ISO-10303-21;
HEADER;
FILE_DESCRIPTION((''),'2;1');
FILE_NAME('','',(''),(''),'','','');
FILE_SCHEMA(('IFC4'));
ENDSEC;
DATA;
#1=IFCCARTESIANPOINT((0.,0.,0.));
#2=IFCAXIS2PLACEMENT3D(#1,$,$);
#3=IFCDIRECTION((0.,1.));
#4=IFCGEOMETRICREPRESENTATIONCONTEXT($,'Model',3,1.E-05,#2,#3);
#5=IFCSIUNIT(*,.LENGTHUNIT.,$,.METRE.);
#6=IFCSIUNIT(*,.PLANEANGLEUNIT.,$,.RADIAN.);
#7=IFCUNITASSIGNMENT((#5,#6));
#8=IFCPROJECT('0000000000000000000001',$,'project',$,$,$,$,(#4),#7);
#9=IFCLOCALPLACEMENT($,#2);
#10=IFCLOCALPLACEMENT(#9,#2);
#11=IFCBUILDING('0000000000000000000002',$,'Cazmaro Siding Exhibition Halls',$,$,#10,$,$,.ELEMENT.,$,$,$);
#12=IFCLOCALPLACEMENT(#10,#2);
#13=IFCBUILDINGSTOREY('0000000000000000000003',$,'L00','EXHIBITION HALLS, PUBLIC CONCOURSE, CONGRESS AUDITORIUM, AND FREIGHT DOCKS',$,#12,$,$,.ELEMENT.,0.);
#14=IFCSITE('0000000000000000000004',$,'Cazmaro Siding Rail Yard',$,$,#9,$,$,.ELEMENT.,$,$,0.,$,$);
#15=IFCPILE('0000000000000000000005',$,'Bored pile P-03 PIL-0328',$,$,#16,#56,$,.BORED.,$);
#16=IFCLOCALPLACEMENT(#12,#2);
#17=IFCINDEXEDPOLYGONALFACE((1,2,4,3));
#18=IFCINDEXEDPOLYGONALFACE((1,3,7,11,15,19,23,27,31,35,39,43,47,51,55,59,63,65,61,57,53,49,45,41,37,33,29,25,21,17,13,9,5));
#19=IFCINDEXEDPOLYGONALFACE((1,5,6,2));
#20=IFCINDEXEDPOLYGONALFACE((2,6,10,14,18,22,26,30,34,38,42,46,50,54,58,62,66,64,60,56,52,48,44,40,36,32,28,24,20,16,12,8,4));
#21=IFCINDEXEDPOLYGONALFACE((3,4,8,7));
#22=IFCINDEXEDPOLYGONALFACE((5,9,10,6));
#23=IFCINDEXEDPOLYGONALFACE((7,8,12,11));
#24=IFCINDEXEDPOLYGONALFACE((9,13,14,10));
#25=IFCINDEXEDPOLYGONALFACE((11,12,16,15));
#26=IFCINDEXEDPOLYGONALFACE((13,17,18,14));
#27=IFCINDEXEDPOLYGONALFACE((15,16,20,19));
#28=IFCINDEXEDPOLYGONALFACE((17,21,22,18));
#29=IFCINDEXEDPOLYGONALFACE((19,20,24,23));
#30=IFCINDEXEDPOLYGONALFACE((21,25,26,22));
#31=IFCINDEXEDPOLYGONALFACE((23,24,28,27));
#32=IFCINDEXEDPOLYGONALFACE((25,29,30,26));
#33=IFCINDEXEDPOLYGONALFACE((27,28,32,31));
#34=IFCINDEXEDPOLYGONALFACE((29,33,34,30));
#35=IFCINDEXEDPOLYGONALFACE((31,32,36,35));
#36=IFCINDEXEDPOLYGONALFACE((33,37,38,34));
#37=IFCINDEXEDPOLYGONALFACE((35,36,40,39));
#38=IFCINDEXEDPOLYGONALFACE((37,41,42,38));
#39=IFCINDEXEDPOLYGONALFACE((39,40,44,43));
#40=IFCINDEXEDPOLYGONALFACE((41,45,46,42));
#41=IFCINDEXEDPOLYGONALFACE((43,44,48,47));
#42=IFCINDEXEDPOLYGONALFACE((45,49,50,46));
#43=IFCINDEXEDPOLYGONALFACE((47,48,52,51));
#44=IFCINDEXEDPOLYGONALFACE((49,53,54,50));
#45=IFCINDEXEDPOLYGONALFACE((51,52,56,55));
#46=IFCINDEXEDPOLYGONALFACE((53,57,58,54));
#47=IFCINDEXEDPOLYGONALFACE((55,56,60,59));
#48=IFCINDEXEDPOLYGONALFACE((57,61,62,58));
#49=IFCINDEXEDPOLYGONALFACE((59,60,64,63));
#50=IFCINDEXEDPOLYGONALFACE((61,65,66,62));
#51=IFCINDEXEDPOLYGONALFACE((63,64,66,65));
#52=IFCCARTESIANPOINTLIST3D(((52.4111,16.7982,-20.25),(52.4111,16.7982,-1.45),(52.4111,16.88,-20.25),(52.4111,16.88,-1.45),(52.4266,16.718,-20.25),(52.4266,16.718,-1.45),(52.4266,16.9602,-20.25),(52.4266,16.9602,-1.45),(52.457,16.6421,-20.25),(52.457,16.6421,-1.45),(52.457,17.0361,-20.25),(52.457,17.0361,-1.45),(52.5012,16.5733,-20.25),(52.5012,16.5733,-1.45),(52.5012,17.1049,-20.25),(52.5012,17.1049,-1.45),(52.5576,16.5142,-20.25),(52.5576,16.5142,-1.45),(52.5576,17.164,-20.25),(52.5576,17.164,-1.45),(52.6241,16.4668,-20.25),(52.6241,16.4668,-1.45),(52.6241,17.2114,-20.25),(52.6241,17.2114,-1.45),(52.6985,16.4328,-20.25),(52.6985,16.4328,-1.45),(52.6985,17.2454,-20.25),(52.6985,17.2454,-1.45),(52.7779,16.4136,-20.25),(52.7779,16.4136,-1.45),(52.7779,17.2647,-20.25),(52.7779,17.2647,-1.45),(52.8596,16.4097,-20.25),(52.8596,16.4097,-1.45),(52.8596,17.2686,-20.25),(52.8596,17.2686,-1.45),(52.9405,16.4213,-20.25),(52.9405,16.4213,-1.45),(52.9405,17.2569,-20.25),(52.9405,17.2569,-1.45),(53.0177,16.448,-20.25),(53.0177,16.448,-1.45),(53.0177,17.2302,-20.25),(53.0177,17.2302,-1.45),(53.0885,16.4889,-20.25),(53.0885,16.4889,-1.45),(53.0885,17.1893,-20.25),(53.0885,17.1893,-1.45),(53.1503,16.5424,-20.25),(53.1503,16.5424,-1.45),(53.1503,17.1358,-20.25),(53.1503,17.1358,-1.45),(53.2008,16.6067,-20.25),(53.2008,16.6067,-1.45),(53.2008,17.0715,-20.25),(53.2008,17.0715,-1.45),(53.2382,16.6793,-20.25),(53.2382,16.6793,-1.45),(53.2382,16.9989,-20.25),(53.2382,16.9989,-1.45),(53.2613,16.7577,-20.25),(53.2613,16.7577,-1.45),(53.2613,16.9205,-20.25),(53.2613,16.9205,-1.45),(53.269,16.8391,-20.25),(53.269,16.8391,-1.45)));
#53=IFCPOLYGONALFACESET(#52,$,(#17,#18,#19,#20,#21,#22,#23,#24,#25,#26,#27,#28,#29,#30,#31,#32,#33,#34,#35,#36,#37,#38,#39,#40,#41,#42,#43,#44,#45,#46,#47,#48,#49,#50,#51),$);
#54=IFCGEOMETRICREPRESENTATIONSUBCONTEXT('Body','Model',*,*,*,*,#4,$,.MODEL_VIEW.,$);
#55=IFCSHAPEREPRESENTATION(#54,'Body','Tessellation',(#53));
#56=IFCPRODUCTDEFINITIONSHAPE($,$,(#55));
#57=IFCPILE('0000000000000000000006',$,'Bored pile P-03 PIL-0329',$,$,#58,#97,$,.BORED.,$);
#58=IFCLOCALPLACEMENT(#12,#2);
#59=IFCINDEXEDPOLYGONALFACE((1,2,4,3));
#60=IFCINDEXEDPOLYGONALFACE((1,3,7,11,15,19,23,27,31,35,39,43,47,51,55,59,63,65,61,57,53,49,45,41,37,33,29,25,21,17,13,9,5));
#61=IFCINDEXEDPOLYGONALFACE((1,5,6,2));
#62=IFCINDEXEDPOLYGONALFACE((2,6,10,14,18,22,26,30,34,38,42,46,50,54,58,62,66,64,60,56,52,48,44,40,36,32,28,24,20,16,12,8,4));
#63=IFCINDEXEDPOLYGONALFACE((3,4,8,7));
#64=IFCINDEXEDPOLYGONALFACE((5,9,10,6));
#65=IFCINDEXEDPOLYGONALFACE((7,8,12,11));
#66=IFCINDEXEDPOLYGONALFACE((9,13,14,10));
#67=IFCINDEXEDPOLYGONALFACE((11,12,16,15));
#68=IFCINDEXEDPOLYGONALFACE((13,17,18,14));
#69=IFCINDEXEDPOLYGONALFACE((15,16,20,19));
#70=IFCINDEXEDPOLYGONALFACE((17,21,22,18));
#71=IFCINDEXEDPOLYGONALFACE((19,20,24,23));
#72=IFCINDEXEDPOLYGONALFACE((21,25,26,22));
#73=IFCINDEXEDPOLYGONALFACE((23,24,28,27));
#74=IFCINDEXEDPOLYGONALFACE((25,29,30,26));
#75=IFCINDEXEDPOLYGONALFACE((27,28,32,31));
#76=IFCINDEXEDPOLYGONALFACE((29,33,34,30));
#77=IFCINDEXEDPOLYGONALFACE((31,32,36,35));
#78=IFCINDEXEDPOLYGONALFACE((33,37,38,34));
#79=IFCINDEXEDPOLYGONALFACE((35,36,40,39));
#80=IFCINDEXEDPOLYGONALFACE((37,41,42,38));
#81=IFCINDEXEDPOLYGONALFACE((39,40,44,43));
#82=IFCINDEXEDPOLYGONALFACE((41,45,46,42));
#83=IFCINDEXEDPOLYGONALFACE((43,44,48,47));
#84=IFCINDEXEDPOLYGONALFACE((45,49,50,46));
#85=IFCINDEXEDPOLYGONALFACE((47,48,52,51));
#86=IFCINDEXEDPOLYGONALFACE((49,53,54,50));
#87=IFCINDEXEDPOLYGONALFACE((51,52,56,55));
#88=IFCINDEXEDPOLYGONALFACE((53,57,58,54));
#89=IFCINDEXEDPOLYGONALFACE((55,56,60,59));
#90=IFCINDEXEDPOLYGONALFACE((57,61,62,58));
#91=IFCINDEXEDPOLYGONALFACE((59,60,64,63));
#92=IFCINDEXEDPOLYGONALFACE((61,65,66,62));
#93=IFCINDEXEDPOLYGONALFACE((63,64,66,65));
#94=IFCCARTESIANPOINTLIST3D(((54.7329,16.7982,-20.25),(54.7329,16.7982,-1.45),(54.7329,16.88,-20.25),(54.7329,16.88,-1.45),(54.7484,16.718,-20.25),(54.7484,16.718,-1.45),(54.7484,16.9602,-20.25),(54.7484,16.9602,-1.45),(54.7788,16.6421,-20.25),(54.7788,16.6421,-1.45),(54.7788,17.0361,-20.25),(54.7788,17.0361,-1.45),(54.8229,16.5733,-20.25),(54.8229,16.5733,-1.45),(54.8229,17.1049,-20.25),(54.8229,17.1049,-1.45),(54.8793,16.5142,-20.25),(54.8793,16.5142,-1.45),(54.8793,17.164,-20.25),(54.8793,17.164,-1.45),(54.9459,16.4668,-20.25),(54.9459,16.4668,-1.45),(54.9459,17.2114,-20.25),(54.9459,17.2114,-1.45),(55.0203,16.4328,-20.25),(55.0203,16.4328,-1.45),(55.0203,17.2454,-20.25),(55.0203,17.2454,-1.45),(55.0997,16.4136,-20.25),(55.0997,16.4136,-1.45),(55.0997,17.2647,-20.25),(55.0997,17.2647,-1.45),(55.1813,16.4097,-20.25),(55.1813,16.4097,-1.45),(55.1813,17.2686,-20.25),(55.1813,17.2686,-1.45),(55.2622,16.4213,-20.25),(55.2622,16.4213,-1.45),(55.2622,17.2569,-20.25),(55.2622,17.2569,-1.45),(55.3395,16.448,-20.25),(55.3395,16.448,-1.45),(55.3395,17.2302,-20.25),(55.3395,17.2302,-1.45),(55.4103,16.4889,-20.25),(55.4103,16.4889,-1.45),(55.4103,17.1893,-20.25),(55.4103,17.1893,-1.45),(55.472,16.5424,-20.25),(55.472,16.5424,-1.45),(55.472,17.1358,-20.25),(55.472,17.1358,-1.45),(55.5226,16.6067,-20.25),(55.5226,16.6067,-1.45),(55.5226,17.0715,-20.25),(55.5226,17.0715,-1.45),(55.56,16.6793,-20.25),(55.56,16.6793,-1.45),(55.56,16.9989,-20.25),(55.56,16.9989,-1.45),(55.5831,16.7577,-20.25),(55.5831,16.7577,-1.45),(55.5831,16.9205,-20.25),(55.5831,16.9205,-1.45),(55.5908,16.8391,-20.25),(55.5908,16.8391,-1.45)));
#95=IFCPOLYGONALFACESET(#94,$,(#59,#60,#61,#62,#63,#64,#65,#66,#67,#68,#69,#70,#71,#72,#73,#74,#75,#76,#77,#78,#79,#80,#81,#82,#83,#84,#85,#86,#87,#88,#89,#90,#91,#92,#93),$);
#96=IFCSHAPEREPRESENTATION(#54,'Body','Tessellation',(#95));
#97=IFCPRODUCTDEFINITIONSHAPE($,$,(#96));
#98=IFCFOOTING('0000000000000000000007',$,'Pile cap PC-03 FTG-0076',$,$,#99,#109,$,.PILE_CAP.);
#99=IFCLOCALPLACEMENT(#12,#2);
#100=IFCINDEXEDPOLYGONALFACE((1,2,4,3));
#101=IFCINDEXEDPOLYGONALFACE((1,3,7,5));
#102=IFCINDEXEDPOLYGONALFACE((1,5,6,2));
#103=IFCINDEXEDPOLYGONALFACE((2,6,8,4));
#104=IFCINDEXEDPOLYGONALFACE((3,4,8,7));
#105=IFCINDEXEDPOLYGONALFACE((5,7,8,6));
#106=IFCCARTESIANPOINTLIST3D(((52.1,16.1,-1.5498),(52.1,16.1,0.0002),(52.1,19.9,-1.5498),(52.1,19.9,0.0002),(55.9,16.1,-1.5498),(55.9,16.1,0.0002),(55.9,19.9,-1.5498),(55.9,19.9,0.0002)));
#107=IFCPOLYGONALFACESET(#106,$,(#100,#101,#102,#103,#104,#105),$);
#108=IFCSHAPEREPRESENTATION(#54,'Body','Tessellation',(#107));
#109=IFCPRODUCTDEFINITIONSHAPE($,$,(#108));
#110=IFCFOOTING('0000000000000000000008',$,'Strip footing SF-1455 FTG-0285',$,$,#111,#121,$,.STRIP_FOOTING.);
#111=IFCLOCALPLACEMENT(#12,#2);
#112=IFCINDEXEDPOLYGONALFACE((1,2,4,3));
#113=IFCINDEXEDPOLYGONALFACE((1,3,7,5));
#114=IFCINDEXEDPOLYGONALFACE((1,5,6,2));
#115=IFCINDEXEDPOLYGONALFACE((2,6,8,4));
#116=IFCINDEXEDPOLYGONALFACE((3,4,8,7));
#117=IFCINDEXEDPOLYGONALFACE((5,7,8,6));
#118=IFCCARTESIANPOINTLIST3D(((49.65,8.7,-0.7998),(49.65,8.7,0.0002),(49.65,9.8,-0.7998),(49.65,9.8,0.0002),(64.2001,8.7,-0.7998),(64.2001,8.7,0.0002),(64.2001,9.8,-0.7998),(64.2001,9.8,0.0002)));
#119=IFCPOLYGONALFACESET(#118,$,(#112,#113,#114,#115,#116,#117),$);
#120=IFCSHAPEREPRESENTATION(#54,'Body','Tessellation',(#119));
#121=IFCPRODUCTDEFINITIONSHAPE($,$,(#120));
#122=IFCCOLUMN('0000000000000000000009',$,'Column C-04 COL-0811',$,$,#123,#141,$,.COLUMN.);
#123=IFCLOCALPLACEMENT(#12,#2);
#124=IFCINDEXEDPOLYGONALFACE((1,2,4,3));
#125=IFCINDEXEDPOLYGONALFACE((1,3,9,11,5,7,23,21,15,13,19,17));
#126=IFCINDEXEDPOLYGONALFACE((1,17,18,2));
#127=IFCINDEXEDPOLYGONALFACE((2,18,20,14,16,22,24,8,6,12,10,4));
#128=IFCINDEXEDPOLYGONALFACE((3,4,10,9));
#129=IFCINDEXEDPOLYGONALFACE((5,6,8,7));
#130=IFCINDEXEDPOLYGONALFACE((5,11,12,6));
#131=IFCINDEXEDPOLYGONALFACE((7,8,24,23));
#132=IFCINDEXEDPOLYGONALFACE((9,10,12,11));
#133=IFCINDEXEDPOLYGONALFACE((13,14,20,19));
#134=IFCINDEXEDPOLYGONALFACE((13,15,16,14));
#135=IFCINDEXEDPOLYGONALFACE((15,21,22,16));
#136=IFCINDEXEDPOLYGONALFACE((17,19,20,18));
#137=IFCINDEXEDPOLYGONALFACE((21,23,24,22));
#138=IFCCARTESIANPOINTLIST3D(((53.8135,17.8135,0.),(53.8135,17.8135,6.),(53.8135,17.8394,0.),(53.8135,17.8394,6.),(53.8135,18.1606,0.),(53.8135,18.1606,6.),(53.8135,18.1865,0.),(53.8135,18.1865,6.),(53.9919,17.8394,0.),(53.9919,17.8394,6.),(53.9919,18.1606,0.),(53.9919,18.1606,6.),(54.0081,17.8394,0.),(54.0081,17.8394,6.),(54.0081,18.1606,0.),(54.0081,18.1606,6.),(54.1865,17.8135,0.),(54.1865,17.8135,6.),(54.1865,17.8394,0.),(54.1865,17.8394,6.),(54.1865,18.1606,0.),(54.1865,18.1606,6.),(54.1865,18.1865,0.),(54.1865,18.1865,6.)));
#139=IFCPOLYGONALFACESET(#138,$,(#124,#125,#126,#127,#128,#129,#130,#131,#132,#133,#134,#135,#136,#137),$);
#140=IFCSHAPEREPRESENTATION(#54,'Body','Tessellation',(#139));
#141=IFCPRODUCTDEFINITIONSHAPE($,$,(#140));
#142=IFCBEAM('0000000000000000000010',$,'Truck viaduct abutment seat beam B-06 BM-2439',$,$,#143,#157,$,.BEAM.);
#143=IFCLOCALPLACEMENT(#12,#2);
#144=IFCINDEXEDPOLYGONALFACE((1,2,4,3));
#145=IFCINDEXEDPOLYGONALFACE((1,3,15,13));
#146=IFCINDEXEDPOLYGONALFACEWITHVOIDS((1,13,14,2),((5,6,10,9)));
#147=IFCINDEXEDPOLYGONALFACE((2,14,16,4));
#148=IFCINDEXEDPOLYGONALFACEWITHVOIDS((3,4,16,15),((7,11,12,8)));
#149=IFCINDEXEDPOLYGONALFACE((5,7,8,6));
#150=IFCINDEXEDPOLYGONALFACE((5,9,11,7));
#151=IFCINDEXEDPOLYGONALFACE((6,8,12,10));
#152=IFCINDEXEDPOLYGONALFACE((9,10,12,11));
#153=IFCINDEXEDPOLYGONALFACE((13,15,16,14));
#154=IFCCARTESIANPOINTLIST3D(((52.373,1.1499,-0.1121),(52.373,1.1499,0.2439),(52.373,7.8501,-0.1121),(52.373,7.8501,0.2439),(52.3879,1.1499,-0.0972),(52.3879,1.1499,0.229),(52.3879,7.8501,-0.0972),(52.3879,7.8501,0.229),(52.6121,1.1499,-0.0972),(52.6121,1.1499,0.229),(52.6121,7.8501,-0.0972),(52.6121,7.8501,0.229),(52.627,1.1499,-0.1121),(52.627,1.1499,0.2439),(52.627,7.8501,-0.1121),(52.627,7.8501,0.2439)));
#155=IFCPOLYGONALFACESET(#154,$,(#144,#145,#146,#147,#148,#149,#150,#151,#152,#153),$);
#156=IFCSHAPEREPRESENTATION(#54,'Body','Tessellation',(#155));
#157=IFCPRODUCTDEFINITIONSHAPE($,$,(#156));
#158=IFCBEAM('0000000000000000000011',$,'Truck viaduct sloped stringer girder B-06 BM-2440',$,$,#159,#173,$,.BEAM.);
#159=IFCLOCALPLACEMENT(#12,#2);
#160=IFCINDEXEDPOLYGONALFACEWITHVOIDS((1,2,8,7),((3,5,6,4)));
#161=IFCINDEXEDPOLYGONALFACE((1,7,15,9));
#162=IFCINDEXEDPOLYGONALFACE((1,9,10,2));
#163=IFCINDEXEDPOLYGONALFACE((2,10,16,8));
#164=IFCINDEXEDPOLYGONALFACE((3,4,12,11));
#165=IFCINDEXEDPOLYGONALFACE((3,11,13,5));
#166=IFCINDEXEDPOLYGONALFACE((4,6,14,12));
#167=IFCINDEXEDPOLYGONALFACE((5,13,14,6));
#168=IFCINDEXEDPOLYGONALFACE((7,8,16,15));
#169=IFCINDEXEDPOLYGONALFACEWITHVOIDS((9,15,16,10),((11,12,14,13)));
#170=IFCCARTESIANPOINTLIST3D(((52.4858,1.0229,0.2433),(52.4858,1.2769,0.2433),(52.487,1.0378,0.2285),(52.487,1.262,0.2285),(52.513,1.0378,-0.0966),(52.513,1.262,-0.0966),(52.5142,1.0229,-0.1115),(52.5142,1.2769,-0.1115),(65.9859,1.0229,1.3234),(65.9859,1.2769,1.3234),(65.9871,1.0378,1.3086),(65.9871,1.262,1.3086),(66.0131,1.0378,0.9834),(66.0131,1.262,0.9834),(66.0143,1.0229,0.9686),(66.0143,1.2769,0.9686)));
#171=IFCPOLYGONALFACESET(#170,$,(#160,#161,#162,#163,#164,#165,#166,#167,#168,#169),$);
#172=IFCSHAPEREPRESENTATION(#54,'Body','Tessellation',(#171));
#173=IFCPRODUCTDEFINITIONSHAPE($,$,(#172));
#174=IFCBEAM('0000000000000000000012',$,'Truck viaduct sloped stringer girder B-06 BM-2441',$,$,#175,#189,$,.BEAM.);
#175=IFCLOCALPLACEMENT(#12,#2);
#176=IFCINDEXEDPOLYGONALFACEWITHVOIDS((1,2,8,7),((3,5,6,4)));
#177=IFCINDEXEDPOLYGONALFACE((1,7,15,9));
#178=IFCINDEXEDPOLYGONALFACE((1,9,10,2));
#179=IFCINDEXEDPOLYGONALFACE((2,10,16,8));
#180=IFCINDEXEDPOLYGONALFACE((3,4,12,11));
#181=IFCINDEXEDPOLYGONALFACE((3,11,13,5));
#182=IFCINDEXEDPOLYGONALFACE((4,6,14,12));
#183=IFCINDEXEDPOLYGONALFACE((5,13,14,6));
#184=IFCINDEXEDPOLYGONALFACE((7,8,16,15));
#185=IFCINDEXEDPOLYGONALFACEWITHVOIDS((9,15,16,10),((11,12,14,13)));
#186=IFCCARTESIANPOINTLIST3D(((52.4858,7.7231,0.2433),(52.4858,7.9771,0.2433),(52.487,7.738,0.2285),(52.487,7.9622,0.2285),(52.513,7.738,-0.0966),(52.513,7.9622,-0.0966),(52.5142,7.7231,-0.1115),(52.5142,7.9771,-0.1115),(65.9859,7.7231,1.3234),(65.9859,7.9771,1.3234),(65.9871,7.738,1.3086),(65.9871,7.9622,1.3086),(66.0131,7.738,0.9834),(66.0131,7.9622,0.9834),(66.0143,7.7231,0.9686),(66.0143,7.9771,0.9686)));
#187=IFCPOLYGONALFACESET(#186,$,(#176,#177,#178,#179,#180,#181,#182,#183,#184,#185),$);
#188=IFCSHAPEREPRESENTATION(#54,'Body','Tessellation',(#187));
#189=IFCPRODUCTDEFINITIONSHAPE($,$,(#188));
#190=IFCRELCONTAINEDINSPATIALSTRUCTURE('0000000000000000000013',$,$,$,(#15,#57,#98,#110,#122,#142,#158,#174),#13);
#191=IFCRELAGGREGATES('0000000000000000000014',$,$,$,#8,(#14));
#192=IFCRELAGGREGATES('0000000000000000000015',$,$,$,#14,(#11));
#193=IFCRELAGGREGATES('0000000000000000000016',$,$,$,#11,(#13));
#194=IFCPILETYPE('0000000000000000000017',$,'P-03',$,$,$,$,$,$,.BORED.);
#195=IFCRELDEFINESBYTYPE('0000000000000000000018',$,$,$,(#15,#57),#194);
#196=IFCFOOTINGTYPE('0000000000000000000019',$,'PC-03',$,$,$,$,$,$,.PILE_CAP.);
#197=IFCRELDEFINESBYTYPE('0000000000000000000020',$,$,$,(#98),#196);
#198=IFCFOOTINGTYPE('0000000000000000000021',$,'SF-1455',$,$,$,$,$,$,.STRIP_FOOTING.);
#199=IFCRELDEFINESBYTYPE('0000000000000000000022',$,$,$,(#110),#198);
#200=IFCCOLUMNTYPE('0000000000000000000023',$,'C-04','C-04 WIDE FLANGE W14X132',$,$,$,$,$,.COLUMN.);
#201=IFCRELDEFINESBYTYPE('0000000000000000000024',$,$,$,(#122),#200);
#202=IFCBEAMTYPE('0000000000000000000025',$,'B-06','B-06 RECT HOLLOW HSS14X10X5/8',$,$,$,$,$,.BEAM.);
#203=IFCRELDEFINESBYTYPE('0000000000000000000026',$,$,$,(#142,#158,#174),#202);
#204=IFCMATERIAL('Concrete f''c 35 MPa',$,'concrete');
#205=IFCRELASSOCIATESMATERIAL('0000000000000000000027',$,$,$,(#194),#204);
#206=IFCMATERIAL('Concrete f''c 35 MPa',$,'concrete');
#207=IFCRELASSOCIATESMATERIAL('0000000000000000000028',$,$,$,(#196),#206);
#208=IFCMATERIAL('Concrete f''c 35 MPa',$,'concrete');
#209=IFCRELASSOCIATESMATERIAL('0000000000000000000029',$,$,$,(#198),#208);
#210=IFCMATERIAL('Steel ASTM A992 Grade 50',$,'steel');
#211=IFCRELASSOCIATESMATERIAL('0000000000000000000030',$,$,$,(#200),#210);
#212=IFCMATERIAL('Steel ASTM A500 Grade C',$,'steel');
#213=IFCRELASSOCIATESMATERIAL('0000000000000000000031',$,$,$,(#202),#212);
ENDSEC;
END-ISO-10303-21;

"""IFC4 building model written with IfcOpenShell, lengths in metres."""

from ifc_helpers import new_model, si_unit, direction, frame, origin, origin_2d, place, context, subcontext, project, spatial, rectangle, hollow_rectangle, circle, i_section, extrude, material, material_profile, profile_set, type_object, element, save


model = new_model("IFC4")

# Units and contexts
model_context = context("Model", 3, precision=1e-05, world=origin(), true_north=direction((0.0, 1.0)))
body_context = subcontext(model_context, "Body", "Model", "MODEL_VIEW")
ifc_project = project(units=[si_unit("LENGTHUNIT", "METRE"), si_unit("PLANEANGLEUNIT", "RADIAN")], contexts=[model_context])

# Site, building, storey
site_placement = place(None, origin())
site = spatial("IfcSite", under=ifc_project, at=site_placement, Name="Cazmaro Siding Rail Yard", CompositionType="ELEMENT", RefElevation=0.0)
building_placement = place(site_placement, origin())
building = spatial("IfcBuilding", under=site, at=building_placement, Name="Cazmaro Siding Exhibition Halls", CompositionType="ELEMENT")
storey_placement = place(building_placement, origin())
storey = spatial("IfcBuildingStorey", under=building, at=storey_placement, Name="L00", Description="EXHIBITION HALLS, PUBLIC CONCOURSE, CONGRESS AUDITORIUM, AND FREIGHT DOCKS", CompositionType="ELEMENT", Elevation=0.0)

# Piles
ifc_material_1 = material(Name="Concrete f'c 35 MPa", Category="concrete")
ifc_material_profile_1 = material_profile(ifc_material_1, circle(Radius=0.4299, at=origin_2d()), Name="CIDH-860")
ifc_profile_set_1 = profile_set([ifc_material_profile_1], Name="Concrete f'c 35 MPa")
pile_type = type_object("IfcPileType", Name="P-03", PredefinedType="BORED", material=ifc_profile_set_1)
for number, where, z_axis, x_axis, name in (
    (1, (52.8391, 16.8391, -1.45), (0.0, 0.0, -1.0), (1.0, 0.0, 0.0), "Bored pile P-03 PIL-0328"),
    (2, (55.1609, 16.8391, -1.45), (0.0, 0.0, -1.0), (1.0, 0.0, 0.0), "Bored pile P-03 PIL-0329"),
):
    element("IfcPile", number, at=place(storey_placement, frame(where, z_axis=z_axis, x_axis=x_axis)), inside=storey, type_object=pile_type, Name=name, PredefinedType="BORED", context=body_context, shape_type="SweptSolid", body=[
        extrude(circle(Radius=0.4299, at=origin_2d()), origin(), (0.0, 0.0, 1.0), 18.8),
    ])

# Footings
ifc_material_2 = material(Name="Concrete f'c 35 MPa", Category="concrete")
footing_type_1 = type_object("IfcFootingType", Name="PC-03", PredefinedType="PILE_CAP", material=ifc_material_2)
footing_1_placement = place(storey_placement, frame((54.0, 18.0, -1.5498), z_axis=(0.0, 0.0, 1.0), x_axis=(1.0, 0.0, 0.0)))
element("IfcFooting", 3, at=footing_1_placement, inside=storey, type_object=footing_type_1, Name="Pile cap PC-03 FTG-0076", PredefinedType="PILE_CAP", context=body_context, shape_type="SweptSolid", body=[
    extrude(rectangle(XDim=3.8, YDim=3.8, at=origin_2d()), origin(), (0.0, 0.0, 1.0), 1.55),
])
ifc_material_3 = material(Name="Concrete f'c 35 MPa", Category="concrete")
footing_type_2 = type_object("IfcFootingType", Name="SF-1455", PredefinedType="STRIP_FOOTING", material=ifc_material_3)
footing_2_placement = place(storey_placement, frame((56.925, 9.25, -0.7998), z_axis=(0.0, 0.0, 1.0), x_axis=(1.0, 0.0, 0.0)))
element("IfcFooting", 4, at=footing_2_placement, inside=storey, type_object=footing_type_2, Name="Strip footing SF-1455 FTG-0285", PredefinedType="STRIP_FOOTING", context=body_context, shape_type="SweptSolid", body=[
    extrude(rectangle(XDim=14.55, YDim=1.1001, at=origin_2d()), origin(), (0.0, 0.0, 1.0), 0.8),
])

# Column
ifc_material_4 = material(Name="Steel ASTM A992 Grade 50", Category="steel")
ifc_material_profile_2 = material_profile(ifc_material_4, i_section(OverallWidth=0.373, OverallDepth=0.373, WebThickness=0.0161, FlangeThickness=0.0259, at=origin_2d()), Name="W14X132")
ifc_profile_set_2 = profile_set([ifc_material_profile_2], Name="Steel ASTM A992 Grade 50")
column_type = type_object("IfcColumnType", Name="C-04", Description="C-04 WIDE FLANGE W14X132", PredefinedType="COLUMN", material=ifc_profile_set_2)
column_placement = place(storey_placement, frame((54.0, 18.0, 0.0), z_axis=(0.0, 0.0, 1.0), x_axis=(1.0, 0.0, 0.0)))
element("IfcColumn", 5, at=column_placement, inside=storey, type_object=column_type, Name="Column C-04 COL-0811", PredefinedType="COLUMN", context=body_context, shape_type="SweptSolid", body=[
    extrude(i_section(OverallWidth=0.373, OverallDepth=0.373, WebThickness=0.0161, FlangeThickness=0.0259, at=origin_2d()), origin(), (0.0, 0.0, 1.0), 6.0),
])

# Beams
ifc_material_5 = material(Name="Steel ASTM A500 Grade C", Category="steel")
ifc_material_profile_3 = material_profile(ifc_material_5, hollow_rectangle(XDim=0.2539, YDim=0.356, WallThickness=0.0149, at=origin_2d()), Name="HSS14X10X5/8")
ifc_profile_set_3 = profile_set([ifc_material_profile_3], Name="Steel ASTM A500 Grade C")
beam_type = type_object("IfcBeamType", Name="B-06", Description="B-06 RECT HOLLOW HSS14X10X5/8", PredefinedType="BEAM", material=ifc_profile_set_3)
beam_placement = place(storey_placement, frame((52.5, 1.1499, 0.0659), z_axis=(0.0, 1.0, 0.0), x_axis=(-1.0, 0.0, 0.0)))
element("IfcBeam", 6, at=beam_placement, inside=storey, type_object=beam_type, Name="Truck viaduct abutment seat beam B-06 BM-2439", PredefinedType="BEAM", context=body_context, shape_type="SweptSolid", body=[
    extrude(hollow_rectangle(XDim=0.2539, YDim=0.356, WallThickness=0.0149, at=origin_2d()), origin(), (0.0, 0.0, 1.0), 6.7002),
])
for number, where, z_axis, x_axis, name in (
    (7, (52.5, 1.1499, 0.0659), (0.996815, 0.0, 0.079751), (0.0, 1.0, 0.0), "Truck viaduct sloped stringer girder B-06 BM-2440"),
    (8, (52.5, 7.8501, 0.0659), (0.996815, 0.0, 0.079751), (0.0, 1.0, 0.0), "Truck viaduct sloped stringer girder B-06 BM-2441"),
):
    element("IfcBeam", number, at=place(storey_placement, frame(where, z_axis=z_axis, x_axis=x_axis)), inside=storey, type_object=beam_type, Name=name, PredefinedType="BEAM", context=body_context, shape_type="SweptSolid", body=[
        extrude(hollow_rectangle(XDim=0.2539, YDim=0.356, WallThickness=0.0149, at=origin_2d()), origin(), (0.0, 0.0, 1.0), 13.5432),
    ])

save(model, "model.ifc")
